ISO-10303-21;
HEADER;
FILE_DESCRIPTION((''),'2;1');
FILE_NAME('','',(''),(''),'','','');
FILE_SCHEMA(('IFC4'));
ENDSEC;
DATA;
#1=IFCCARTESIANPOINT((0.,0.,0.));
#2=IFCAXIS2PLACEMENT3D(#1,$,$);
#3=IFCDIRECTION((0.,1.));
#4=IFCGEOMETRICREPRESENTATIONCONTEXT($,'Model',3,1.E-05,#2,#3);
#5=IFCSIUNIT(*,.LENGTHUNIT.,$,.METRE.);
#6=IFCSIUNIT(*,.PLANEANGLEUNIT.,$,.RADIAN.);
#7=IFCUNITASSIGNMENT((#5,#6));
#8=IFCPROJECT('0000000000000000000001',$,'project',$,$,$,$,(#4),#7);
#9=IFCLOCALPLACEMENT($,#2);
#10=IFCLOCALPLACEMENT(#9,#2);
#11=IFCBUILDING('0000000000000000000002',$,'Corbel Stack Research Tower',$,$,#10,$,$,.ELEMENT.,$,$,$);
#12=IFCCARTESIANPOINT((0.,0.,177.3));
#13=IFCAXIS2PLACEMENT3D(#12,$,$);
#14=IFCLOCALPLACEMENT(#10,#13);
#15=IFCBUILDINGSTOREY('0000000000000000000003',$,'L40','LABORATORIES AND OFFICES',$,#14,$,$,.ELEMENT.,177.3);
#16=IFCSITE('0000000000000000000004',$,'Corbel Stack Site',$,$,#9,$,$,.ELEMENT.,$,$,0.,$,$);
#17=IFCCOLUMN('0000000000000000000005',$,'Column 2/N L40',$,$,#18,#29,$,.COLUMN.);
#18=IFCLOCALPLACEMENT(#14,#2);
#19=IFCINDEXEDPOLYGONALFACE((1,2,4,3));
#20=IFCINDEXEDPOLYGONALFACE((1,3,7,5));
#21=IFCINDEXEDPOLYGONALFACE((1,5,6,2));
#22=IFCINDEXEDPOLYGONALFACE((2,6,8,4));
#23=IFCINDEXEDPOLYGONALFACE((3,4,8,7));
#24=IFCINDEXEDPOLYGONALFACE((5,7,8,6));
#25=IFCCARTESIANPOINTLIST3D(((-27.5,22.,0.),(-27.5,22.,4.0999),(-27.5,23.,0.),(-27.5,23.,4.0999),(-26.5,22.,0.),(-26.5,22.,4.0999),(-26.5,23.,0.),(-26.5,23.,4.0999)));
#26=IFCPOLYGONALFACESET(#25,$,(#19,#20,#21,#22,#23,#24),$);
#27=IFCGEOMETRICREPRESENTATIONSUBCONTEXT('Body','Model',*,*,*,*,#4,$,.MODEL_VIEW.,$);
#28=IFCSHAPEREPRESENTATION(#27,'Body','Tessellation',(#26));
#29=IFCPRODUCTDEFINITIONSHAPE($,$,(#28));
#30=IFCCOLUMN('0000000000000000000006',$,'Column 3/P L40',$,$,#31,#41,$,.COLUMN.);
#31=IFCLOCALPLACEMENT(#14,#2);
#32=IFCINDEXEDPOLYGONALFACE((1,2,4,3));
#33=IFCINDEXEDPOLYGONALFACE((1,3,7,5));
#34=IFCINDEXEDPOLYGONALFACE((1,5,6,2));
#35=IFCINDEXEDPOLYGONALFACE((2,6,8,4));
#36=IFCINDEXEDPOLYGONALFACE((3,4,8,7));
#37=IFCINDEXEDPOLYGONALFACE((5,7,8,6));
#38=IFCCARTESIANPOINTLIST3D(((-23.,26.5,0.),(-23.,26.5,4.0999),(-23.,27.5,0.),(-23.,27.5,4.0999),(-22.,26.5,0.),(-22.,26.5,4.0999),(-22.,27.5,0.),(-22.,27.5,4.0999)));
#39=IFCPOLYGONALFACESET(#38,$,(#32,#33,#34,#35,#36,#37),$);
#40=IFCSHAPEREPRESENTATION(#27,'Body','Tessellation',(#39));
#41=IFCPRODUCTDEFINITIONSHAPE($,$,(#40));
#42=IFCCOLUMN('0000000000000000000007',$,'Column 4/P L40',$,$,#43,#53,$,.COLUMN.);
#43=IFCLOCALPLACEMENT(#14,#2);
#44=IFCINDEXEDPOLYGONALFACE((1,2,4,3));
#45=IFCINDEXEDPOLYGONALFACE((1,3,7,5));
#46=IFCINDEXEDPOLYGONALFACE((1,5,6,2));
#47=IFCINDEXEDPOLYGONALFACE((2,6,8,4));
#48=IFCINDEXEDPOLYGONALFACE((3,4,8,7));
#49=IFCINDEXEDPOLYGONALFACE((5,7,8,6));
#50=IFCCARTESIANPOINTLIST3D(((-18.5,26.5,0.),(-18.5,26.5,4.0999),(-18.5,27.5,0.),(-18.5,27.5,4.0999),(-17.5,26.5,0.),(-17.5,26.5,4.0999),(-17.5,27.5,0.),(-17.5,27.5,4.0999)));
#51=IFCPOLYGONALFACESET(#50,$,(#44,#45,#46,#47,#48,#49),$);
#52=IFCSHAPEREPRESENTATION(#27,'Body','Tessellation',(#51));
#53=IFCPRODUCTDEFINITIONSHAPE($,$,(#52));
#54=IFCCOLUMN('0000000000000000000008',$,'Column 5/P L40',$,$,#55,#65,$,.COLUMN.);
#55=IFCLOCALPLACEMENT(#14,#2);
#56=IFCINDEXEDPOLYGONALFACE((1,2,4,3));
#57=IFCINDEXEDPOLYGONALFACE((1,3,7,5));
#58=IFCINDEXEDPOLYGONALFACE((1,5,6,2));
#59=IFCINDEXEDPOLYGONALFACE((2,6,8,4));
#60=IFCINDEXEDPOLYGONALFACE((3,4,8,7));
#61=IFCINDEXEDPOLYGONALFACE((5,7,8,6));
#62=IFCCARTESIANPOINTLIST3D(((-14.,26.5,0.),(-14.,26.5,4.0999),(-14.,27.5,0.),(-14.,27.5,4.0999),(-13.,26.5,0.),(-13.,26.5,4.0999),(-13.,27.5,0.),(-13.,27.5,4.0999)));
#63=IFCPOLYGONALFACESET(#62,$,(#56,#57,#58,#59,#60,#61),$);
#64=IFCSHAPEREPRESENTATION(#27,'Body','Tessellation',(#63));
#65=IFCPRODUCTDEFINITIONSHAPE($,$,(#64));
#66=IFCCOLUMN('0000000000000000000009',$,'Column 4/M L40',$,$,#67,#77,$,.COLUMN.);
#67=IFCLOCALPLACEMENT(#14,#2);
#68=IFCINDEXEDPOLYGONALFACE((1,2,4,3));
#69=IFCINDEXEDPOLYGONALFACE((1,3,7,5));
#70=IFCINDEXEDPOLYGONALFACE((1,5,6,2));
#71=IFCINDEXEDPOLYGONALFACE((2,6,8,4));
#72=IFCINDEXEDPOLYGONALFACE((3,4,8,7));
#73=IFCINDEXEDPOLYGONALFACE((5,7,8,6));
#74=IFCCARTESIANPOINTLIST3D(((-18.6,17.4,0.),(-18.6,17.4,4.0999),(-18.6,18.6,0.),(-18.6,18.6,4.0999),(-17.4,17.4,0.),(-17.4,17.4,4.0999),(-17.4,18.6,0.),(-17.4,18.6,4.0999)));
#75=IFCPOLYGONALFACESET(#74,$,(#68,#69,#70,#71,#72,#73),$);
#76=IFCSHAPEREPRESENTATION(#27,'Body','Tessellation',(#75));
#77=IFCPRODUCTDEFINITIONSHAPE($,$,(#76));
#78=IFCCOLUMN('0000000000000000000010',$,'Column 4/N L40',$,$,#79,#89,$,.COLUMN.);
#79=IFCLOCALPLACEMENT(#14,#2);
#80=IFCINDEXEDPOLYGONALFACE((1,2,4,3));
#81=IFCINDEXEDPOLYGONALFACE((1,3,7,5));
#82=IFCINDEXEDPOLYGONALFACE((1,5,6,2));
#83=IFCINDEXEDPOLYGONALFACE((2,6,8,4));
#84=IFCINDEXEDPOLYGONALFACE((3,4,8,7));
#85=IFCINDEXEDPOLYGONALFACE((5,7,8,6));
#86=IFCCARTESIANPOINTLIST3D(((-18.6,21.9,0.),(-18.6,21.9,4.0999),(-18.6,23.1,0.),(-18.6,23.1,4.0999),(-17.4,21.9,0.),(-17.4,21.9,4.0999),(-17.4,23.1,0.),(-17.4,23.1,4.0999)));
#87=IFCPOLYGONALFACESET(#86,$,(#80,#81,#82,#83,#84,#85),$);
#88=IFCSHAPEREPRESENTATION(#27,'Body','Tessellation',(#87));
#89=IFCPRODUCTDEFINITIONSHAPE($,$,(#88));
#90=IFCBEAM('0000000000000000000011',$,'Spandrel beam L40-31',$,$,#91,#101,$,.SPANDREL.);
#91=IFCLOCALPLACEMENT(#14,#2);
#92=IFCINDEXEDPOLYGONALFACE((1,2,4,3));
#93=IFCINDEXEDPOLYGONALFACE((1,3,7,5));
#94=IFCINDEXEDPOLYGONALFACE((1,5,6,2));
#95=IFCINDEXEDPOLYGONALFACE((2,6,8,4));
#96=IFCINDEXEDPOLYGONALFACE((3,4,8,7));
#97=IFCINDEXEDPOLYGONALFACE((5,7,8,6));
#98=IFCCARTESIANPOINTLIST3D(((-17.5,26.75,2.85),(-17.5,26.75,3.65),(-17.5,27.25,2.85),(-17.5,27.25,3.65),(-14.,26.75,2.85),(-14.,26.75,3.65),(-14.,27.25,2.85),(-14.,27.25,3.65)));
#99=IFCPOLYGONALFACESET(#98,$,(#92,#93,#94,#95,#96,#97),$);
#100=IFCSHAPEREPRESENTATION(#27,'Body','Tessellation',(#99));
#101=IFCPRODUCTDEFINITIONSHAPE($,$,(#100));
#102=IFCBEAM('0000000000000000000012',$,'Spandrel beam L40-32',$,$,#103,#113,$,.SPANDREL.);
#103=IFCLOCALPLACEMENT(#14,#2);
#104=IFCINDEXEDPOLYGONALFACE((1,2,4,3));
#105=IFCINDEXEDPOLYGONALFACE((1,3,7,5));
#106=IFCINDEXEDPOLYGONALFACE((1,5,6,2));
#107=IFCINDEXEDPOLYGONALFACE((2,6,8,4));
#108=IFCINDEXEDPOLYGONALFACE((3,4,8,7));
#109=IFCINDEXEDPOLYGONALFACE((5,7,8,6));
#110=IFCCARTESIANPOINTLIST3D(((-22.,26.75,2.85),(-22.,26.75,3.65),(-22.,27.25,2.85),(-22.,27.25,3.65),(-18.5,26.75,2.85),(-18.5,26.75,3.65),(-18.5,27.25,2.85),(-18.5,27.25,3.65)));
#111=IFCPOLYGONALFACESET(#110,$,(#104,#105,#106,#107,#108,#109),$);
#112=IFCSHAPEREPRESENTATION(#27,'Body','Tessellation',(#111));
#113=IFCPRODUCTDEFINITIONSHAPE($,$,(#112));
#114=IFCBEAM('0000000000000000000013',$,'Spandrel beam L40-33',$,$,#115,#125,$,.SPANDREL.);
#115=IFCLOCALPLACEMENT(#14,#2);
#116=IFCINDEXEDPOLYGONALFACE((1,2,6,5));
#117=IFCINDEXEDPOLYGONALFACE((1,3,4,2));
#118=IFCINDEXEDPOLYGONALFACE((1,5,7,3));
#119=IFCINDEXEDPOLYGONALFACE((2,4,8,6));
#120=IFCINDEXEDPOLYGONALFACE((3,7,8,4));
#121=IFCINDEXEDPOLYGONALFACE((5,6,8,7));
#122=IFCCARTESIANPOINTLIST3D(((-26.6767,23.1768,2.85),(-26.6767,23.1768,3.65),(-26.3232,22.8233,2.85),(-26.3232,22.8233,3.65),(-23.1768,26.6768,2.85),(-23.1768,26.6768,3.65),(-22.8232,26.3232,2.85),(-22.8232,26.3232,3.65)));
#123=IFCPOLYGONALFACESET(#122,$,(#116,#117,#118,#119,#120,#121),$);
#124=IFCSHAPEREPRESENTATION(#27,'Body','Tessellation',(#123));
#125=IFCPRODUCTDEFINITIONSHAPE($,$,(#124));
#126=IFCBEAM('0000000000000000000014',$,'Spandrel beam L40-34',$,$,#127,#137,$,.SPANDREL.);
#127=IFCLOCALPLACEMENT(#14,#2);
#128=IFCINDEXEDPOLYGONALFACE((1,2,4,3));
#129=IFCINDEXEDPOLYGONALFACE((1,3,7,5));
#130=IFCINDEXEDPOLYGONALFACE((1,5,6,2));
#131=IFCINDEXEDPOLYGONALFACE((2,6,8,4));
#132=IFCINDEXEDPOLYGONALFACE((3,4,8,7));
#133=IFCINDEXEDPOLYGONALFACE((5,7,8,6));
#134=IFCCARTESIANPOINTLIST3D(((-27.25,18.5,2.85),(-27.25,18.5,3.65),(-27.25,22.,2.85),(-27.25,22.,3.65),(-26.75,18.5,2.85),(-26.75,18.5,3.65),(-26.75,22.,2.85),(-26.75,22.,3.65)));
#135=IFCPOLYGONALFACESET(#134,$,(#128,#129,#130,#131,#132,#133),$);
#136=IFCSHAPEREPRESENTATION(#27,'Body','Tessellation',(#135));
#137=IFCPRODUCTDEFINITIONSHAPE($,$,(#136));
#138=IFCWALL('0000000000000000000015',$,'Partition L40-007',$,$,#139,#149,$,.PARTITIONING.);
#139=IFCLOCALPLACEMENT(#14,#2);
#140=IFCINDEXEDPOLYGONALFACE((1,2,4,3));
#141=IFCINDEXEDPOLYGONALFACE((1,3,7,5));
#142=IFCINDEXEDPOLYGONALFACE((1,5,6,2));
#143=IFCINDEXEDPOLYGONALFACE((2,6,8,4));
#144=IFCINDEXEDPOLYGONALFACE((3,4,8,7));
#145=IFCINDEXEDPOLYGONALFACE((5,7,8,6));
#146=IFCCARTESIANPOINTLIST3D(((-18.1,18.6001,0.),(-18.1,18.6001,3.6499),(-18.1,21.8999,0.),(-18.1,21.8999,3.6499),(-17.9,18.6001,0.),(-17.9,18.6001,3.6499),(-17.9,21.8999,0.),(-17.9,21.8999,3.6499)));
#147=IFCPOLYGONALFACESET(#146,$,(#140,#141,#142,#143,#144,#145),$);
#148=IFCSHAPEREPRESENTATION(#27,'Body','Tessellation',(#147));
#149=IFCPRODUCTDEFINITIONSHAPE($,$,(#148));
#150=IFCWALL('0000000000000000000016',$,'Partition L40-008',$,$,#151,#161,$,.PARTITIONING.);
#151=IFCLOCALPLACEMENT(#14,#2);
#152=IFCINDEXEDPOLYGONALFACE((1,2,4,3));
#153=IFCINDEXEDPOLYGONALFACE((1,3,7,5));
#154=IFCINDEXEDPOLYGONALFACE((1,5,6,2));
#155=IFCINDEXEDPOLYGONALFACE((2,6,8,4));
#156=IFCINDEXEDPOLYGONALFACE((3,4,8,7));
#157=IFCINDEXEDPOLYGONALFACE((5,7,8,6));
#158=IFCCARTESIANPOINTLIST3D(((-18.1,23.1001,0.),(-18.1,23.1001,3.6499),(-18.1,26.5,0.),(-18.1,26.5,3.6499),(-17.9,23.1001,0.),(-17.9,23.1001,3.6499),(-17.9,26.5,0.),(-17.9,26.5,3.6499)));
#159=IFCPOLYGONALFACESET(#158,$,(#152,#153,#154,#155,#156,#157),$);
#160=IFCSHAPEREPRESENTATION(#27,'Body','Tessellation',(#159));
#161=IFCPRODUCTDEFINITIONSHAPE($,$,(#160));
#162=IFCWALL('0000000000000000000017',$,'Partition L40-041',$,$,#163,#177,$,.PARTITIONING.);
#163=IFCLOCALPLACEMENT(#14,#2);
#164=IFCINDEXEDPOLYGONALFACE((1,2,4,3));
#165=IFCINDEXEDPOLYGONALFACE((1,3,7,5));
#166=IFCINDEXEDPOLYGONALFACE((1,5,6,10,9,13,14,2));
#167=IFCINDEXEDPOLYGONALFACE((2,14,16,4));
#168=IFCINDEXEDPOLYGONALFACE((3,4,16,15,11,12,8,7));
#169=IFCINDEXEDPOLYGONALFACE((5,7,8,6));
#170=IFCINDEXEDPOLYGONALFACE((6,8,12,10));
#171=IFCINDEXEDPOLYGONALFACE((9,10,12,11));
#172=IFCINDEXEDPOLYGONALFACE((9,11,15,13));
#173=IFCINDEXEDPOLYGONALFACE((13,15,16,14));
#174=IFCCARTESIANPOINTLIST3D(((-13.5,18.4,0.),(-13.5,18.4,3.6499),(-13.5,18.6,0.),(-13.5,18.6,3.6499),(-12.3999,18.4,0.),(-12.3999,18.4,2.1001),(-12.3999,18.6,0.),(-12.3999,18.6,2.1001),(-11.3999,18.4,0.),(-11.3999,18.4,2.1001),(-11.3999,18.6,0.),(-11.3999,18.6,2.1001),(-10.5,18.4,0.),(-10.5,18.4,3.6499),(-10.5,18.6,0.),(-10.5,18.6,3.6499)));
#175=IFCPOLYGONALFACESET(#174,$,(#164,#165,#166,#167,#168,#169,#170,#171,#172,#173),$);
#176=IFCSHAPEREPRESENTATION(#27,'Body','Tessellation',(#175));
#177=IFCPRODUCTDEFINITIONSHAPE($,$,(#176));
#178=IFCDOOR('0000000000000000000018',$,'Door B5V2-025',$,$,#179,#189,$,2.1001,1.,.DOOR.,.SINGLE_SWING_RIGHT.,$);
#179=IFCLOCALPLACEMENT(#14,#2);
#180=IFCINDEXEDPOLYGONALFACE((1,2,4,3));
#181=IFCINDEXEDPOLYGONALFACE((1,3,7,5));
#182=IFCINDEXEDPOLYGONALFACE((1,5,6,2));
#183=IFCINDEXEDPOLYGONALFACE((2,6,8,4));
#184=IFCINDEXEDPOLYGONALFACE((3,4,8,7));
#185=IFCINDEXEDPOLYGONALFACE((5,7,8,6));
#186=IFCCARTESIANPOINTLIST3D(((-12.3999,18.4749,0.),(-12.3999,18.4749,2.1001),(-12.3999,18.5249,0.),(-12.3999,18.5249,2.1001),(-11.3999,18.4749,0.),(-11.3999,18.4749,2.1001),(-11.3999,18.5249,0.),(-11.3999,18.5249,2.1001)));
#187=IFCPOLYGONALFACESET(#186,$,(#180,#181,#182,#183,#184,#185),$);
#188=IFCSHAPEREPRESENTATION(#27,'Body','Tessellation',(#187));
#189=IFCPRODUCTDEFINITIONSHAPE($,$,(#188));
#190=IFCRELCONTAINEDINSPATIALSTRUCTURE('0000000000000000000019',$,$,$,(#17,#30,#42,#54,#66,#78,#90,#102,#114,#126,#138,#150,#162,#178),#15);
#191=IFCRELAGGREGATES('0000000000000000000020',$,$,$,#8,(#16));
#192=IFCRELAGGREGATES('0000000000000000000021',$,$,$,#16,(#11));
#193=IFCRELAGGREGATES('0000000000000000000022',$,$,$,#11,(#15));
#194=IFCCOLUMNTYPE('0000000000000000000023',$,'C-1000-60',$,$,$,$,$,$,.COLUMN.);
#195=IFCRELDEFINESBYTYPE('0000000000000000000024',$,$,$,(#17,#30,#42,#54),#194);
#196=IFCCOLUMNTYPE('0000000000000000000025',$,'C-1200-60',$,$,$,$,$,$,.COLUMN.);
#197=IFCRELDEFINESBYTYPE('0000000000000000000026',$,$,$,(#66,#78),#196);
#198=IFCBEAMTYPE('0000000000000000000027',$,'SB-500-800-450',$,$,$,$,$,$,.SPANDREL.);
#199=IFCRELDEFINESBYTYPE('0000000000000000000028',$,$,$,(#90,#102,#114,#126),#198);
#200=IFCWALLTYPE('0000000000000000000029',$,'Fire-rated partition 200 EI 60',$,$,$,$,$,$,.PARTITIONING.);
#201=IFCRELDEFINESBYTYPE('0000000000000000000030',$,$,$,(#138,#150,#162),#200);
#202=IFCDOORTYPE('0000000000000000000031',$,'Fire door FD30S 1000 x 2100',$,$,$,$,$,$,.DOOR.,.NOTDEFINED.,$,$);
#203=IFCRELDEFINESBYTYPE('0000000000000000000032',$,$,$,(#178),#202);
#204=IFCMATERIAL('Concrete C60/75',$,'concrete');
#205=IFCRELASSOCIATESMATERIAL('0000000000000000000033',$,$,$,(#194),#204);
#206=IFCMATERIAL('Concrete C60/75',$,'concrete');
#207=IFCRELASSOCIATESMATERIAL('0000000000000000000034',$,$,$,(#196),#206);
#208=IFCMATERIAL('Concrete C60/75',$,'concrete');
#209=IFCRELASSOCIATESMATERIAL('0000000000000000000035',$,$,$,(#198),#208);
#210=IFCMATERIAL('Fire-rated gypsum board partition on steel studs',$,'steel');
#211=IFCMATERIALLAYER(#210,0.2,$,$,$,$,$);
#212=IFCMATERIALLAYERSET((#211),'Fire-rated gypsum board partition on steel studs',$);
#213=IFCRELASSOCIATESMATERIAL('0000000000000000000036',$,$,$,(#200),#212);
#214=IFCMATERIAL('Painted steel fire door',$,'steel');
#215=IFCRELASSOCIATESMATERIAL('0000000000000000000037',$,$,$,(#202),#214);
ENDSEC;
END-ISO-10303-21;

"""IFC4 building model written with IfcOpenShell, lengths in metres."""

from ifc_helpers import new_model, si_unit, direction, frame, frame_2d, origin, origin_2d, place, context, subcontext, project, spatial, rectangle, extrude, material, layer, layer_set, material_profile, profile_set, type_object, element, fill, save


model = new_model("IFC4")

# Units and contexts
model_context = context("Model", 3, precision=1e-05, world=origin(), true_north=direction((0.0, 1.0)))
body_context = subcontext(model_context, "Body", "Model", "MODEL_VIEW")
ifc_project = project(units=[si_unit("LENGTHUNIT", "METRE"), si_unit("PLANEANGLEUNIT", "RADIAN")], contexts=[model_context])

# Site, building, storey
site_placement = place(None, origin())
site = spatial("IfcSite", under=ifc_project, at=site_placement, Name="Corbel Stack Site", CompositionType="ELEMENT", RefElevation=0.0)
building_placement = place(site_placement, origin())
building = spatial("IfcBuilding", under=site, at=building_placement, Name="Corbel Stack Research Tower", CompositionType="ELEMENT")
storey_placement = place(building_placement, frame((0.0, 0.0, 177.3)))
storey = spatial("IfcBuildingStorey", under=building, at=storey_placement, Name="L40", Description="LABORATORIES AND OFFICES", CompositionType="ELEMENT", Elevation=177.3)

# Columns
ifc_material_1 = material(Name="Concrete C60/75", Category="concrete")
ifc_material_profile_1 = material_profile(ifc_material_1, rectangle(XDim=1.0, YDim=1.0, at=origin_2d()), Name="RC 1000 x 1000")
ifc_profile_set_1 = profile_set([ifc_material_profile_1], Name="Concrete C60/75")
column_type_1 = type_object("IfcColumnType", Name="C-1000-60", PredefinedType="COLUMN", material=ifc_profile_set_1)
for number, where, z_axis, x_axis, name in (
    (1, (-27.0, 22.5, 0.0), (0.0, 0.0, 1.0), (1.0, 0.0, 0.0), "Column 2/N L40"),
    (2, (-22.5, 27.0, 0.0), (0.0, 0.0, 1.0), (1.0, 0.0, 0.0), "Column 3/P L40"),
    (3, (-18.0, 27.0, 0.0), (0.0, 0.0, 1.0), (1.0, 0.0, 0.0), "Column 4/P L40"),
    (4, (-13.5, 27.0, 0.0), (0.0, 0.0, 1.0), (1.0, 0.0, 0.0), "Column 5/P L40"),
):
    element("IfcColumn", number, at=place(storey_placement, frame(where, z_axis=z_axis, x_axis=x_axis)), inside=storey, type_object=column_type_1, Name=name, PredefinedType="COLUMN", context=body_context, shape_type="SweptSolid", body=[
        extrude(rectangle(XDim=1.0, YDim=1.0, at=origin_2d()), origin(), (0.0, 0.0, 1.0), 4.0999),
    ])
ifc_material_2 = material(Name="Concrete C60/75", Category="concrete")
ifc_material_profile_2 = material_profile(ifc_material_2, rectangle(XDim=1.2, YDim=1.2, at=origin_2d()), Name="RC 1200 x 1200")
ifc_profile_set_2 = profile_set([ifc_material_profile_2], Name="Concrete C60/75")
column_type_2 = type_object("IfcColumnType", Name="C-1200-60", PredefinedType="COLUMN", material=ifc_profile_set_2)
for number, where, z_axis, x_axis, name in (
    (5, (-18.0, 18.0, 0.0), (0.0, 0.0, 1.0), (1.0, 0.0, 0.0), "Column 4/M L40"),
    (6, (-18.0, 22.5, 0.0), (0.0, 0.0, 1.0), (1.0, 0.0, 0.0), "Column 4/N L40"),
):
    element("IfcColumn", number, at=place(storey_placement, frame(where, z_axis=z_axis, x_axis=x_axis)), inside=storey, type_object=column_type_2, Name=name, PredefinedType="COLUMN", context=body_context, shape_type="SweptSolid", body=[
        extrude(rectangle(XDim=1.2, YDim=1.2, at=origin_2d()), origin(), (0.0, 0.0, 1.0), 4.0999),
    ])

# Beams
ifc_material_3 = material(Name="Concrete C60/75", Category="concrete")
ifc_material_profile_3 = material_profile(ifc_material_3, rectangle(XDim=0.5, YDim=0.8, at=origin_2d()), Name="RC 500 x 800")
ifc_profile_set_3 = profile_set([ifc_material_profile_3], Name="Concrete C60/75")
beam_type = type_object("IfcBeamType", Name="SB-500-800-450", PredefinedType="SPANDREL", material=ifc_profile_set_3)
for number, where, z_axis, x_axis, name in (
    (7, (-14.0, 27.0, 3.25), (-1.0, 0.0, 0.0), (0.0, -1.0, 0.0), "Spandrel beam L40-31"),
    (8, (-18.5, 27.0, 3.25), (-1.0, 0.0, 0.0), (0.0, -1.0, 0.0), "Spandrel beam L40-32"),
):
    element("IfcBeam", number, at=place(storey_placement, frame(where, z_axis=z_axis, x_axis=x_axis)), inside=storey, type_object=beam_type, Name=name, PredefinedType="SPANDREL", context=body_context, shape_type="SweptSolid", body=[
        extrude(rectangle(XDim=0.5, YDim=0.8, at=origin_2d()), origin(), (0.0, 0.0, 1.0), 3.5),
    ])
beam_1_placement = place(storey_placement, frame((-23.0, 26.5, 3.25), z_axis=(-0.707107, -0.707107, 0.0), x_axis=(0.707107, -0.707107, 0.0)))
element("IfcBeam", 9, at=beam_1_placement, inside=storey, type_object=beam_type, Name="Spandrel beam L40-33", PredefinedType="SPANDREL", context=body_context, shape_type="SweptSolid", body=[
    extrude(rectangle(XDim=0.5, YDim=0.8, at=origin_2d()), origin(), (0.0, 0.0, 1.0), 4.9497),
])
beam_2_placement = place(storey_placement, frame((-27.0, 22.0, 3.25), z_axis=(0.0, -1.0, 0.0), x_axis=(1.0, 0.0, 0.0)))
element("IfcBeam", 10, at=beam_2_placement, inside=storey, type_object=beam_type, Name="Spandrel beam L40-34", PredefinedType="SPANDREL", context=body_context, shape_type="SweptSolid", body=[
    extrude(rectangle(XDim=0.5, YDim=0.8, at=origin_2d()), origin(), (0.0, 0.0, 1.0), 3.5),
])

# Walls
ifc_material_4 = material(Name="Fire-rated gypsum board partition on steel studs", Category="steel")
ifc_layer_1 = layer(ifc_material_4, 0.2)
ifc_layer_set_1 = layer_set([ifc_layer_1], Name="Fire-rated gypsum board partition on steel studs")
wall_type_1 = type_object("IfcWallType", Name="Fire-rated partition 200 EI 60", PredefinedType="PARTITIONING", material=ifc_layer_set_1)
wall_1_placement = place(storey_placement, frame((-18.0, 18.6001, 0.0), z_axis=(0.0, 0.0, 1.0), x_axis=(0.0, 1.0, 0.0)))
element("IfcWall", 11, at=wall_1_placement, inside=storey, type_object=wall_type_1, Name="Partition L40-007", PredefinedType="PARTITIONING", context=body_context, shape_type="SweptSolid", body=[
    extrude(rectangle(XDim=3.2998, YDim=0.2, at=frame_2d((1.6499, 0.0))), origin(), (0.0, 0.0, 1.0), 3.6499),
])
wall_2_placement = place(storey_placement, frame((-18.0, 23.1001, 0.0), z_axis=(0.0, 0.0, 1.0), x_axis=(0.0, 1.0, 0.0)))
element("IfcWall", 12, at=wall_2_placement, inside=storey, type_object=wall_type_1, Name="Partition L40-008", PredefinedType="PARTITIONING", context=body_context, shape_type="SweptSolid", body=[
    extrude(rectangle(XDim=3.3999, YDim=0.2, at=frame_2d((1.7, 0.0))), origin(), (0.0, 0.0, 1.0), 3.6499),
])

# Wall, opening, door
wall_3_placement = place(storey_placement, frame((-13.5, 18.5, 0.0), z_axis=(0.0, 0.0, 1.0), x_axis=(1.0, 0.0, 0.0)))
wall_3 = element("IfcWall", 13, at=wall_3_placement, inside=storey, type_object=wall_type_1, Name="Partition L40-041", PredefinedType="PARTITIONING", context=body_context, shape_type="SweptSolid", body=[
    extrude(rectangle(XDim=3.0, YDim=0.2, at=frame_2d((1.5, 0.0))), origin(), (0.0, 0.0, 1.0), 3.6499),
])
opening_1_placement = place(wall_3_placement, frame((1.1001, 0.0, 0.0)))
opening_1 = element("IfcOpeningElement", 14, at=opening_1_placement, cuts=wall_3, PredefinedType="OPENING", context=body_context, shape_type="SweptSolid", body=[
    extrude(rectangle(XDim=1.0, YDim=2.1001, at=frame_2d((0.5, 1.05))), frame((0.0, 0.1099, 0.0), z_axis=(0.0, -1.0, 0.0), x_axis=(1.0, 0.0, 0.0)), (0.0, 0.0, 1.0), 0.22),
])
ifc_material_5 = material(Name="Painted steel fire door", Category="steel")
door_type_1 = type_object("IfcDoorType", Name="Fire door FD30S 1000 x 2100", OperationType="NOTDEFINED", PredefinedType="DOOR", material=ifc_material_5)
door_1_placement = place(opening_1_placement, origin())
door_1 = element("IfcDoor", 15, at=door_1_placement, inside=storey, type_object=door_type_1, Name="Door B5V2-025", OperationType="SINGLE_SWING_RIGHT", OverallHeight=2.1001, OverallWidth=1.0, PredefinedType="DOOR", context=body_context, shape_type="SweptSolid", body=[
    extrude(rectangle(XDim=1.0, YDim=2.1001, at=frame_2d((0.5, 1.05))), frame((0.0, 0.0249, 0.0), z_axis=(0.0, -1.0, 0.0), x_axis=(1.0, 0.0, 0.0)), (0.0, 0.0, 1.0), 0.05),
])
fill(opening_1, door_1)

save(model, "model.ifc")
